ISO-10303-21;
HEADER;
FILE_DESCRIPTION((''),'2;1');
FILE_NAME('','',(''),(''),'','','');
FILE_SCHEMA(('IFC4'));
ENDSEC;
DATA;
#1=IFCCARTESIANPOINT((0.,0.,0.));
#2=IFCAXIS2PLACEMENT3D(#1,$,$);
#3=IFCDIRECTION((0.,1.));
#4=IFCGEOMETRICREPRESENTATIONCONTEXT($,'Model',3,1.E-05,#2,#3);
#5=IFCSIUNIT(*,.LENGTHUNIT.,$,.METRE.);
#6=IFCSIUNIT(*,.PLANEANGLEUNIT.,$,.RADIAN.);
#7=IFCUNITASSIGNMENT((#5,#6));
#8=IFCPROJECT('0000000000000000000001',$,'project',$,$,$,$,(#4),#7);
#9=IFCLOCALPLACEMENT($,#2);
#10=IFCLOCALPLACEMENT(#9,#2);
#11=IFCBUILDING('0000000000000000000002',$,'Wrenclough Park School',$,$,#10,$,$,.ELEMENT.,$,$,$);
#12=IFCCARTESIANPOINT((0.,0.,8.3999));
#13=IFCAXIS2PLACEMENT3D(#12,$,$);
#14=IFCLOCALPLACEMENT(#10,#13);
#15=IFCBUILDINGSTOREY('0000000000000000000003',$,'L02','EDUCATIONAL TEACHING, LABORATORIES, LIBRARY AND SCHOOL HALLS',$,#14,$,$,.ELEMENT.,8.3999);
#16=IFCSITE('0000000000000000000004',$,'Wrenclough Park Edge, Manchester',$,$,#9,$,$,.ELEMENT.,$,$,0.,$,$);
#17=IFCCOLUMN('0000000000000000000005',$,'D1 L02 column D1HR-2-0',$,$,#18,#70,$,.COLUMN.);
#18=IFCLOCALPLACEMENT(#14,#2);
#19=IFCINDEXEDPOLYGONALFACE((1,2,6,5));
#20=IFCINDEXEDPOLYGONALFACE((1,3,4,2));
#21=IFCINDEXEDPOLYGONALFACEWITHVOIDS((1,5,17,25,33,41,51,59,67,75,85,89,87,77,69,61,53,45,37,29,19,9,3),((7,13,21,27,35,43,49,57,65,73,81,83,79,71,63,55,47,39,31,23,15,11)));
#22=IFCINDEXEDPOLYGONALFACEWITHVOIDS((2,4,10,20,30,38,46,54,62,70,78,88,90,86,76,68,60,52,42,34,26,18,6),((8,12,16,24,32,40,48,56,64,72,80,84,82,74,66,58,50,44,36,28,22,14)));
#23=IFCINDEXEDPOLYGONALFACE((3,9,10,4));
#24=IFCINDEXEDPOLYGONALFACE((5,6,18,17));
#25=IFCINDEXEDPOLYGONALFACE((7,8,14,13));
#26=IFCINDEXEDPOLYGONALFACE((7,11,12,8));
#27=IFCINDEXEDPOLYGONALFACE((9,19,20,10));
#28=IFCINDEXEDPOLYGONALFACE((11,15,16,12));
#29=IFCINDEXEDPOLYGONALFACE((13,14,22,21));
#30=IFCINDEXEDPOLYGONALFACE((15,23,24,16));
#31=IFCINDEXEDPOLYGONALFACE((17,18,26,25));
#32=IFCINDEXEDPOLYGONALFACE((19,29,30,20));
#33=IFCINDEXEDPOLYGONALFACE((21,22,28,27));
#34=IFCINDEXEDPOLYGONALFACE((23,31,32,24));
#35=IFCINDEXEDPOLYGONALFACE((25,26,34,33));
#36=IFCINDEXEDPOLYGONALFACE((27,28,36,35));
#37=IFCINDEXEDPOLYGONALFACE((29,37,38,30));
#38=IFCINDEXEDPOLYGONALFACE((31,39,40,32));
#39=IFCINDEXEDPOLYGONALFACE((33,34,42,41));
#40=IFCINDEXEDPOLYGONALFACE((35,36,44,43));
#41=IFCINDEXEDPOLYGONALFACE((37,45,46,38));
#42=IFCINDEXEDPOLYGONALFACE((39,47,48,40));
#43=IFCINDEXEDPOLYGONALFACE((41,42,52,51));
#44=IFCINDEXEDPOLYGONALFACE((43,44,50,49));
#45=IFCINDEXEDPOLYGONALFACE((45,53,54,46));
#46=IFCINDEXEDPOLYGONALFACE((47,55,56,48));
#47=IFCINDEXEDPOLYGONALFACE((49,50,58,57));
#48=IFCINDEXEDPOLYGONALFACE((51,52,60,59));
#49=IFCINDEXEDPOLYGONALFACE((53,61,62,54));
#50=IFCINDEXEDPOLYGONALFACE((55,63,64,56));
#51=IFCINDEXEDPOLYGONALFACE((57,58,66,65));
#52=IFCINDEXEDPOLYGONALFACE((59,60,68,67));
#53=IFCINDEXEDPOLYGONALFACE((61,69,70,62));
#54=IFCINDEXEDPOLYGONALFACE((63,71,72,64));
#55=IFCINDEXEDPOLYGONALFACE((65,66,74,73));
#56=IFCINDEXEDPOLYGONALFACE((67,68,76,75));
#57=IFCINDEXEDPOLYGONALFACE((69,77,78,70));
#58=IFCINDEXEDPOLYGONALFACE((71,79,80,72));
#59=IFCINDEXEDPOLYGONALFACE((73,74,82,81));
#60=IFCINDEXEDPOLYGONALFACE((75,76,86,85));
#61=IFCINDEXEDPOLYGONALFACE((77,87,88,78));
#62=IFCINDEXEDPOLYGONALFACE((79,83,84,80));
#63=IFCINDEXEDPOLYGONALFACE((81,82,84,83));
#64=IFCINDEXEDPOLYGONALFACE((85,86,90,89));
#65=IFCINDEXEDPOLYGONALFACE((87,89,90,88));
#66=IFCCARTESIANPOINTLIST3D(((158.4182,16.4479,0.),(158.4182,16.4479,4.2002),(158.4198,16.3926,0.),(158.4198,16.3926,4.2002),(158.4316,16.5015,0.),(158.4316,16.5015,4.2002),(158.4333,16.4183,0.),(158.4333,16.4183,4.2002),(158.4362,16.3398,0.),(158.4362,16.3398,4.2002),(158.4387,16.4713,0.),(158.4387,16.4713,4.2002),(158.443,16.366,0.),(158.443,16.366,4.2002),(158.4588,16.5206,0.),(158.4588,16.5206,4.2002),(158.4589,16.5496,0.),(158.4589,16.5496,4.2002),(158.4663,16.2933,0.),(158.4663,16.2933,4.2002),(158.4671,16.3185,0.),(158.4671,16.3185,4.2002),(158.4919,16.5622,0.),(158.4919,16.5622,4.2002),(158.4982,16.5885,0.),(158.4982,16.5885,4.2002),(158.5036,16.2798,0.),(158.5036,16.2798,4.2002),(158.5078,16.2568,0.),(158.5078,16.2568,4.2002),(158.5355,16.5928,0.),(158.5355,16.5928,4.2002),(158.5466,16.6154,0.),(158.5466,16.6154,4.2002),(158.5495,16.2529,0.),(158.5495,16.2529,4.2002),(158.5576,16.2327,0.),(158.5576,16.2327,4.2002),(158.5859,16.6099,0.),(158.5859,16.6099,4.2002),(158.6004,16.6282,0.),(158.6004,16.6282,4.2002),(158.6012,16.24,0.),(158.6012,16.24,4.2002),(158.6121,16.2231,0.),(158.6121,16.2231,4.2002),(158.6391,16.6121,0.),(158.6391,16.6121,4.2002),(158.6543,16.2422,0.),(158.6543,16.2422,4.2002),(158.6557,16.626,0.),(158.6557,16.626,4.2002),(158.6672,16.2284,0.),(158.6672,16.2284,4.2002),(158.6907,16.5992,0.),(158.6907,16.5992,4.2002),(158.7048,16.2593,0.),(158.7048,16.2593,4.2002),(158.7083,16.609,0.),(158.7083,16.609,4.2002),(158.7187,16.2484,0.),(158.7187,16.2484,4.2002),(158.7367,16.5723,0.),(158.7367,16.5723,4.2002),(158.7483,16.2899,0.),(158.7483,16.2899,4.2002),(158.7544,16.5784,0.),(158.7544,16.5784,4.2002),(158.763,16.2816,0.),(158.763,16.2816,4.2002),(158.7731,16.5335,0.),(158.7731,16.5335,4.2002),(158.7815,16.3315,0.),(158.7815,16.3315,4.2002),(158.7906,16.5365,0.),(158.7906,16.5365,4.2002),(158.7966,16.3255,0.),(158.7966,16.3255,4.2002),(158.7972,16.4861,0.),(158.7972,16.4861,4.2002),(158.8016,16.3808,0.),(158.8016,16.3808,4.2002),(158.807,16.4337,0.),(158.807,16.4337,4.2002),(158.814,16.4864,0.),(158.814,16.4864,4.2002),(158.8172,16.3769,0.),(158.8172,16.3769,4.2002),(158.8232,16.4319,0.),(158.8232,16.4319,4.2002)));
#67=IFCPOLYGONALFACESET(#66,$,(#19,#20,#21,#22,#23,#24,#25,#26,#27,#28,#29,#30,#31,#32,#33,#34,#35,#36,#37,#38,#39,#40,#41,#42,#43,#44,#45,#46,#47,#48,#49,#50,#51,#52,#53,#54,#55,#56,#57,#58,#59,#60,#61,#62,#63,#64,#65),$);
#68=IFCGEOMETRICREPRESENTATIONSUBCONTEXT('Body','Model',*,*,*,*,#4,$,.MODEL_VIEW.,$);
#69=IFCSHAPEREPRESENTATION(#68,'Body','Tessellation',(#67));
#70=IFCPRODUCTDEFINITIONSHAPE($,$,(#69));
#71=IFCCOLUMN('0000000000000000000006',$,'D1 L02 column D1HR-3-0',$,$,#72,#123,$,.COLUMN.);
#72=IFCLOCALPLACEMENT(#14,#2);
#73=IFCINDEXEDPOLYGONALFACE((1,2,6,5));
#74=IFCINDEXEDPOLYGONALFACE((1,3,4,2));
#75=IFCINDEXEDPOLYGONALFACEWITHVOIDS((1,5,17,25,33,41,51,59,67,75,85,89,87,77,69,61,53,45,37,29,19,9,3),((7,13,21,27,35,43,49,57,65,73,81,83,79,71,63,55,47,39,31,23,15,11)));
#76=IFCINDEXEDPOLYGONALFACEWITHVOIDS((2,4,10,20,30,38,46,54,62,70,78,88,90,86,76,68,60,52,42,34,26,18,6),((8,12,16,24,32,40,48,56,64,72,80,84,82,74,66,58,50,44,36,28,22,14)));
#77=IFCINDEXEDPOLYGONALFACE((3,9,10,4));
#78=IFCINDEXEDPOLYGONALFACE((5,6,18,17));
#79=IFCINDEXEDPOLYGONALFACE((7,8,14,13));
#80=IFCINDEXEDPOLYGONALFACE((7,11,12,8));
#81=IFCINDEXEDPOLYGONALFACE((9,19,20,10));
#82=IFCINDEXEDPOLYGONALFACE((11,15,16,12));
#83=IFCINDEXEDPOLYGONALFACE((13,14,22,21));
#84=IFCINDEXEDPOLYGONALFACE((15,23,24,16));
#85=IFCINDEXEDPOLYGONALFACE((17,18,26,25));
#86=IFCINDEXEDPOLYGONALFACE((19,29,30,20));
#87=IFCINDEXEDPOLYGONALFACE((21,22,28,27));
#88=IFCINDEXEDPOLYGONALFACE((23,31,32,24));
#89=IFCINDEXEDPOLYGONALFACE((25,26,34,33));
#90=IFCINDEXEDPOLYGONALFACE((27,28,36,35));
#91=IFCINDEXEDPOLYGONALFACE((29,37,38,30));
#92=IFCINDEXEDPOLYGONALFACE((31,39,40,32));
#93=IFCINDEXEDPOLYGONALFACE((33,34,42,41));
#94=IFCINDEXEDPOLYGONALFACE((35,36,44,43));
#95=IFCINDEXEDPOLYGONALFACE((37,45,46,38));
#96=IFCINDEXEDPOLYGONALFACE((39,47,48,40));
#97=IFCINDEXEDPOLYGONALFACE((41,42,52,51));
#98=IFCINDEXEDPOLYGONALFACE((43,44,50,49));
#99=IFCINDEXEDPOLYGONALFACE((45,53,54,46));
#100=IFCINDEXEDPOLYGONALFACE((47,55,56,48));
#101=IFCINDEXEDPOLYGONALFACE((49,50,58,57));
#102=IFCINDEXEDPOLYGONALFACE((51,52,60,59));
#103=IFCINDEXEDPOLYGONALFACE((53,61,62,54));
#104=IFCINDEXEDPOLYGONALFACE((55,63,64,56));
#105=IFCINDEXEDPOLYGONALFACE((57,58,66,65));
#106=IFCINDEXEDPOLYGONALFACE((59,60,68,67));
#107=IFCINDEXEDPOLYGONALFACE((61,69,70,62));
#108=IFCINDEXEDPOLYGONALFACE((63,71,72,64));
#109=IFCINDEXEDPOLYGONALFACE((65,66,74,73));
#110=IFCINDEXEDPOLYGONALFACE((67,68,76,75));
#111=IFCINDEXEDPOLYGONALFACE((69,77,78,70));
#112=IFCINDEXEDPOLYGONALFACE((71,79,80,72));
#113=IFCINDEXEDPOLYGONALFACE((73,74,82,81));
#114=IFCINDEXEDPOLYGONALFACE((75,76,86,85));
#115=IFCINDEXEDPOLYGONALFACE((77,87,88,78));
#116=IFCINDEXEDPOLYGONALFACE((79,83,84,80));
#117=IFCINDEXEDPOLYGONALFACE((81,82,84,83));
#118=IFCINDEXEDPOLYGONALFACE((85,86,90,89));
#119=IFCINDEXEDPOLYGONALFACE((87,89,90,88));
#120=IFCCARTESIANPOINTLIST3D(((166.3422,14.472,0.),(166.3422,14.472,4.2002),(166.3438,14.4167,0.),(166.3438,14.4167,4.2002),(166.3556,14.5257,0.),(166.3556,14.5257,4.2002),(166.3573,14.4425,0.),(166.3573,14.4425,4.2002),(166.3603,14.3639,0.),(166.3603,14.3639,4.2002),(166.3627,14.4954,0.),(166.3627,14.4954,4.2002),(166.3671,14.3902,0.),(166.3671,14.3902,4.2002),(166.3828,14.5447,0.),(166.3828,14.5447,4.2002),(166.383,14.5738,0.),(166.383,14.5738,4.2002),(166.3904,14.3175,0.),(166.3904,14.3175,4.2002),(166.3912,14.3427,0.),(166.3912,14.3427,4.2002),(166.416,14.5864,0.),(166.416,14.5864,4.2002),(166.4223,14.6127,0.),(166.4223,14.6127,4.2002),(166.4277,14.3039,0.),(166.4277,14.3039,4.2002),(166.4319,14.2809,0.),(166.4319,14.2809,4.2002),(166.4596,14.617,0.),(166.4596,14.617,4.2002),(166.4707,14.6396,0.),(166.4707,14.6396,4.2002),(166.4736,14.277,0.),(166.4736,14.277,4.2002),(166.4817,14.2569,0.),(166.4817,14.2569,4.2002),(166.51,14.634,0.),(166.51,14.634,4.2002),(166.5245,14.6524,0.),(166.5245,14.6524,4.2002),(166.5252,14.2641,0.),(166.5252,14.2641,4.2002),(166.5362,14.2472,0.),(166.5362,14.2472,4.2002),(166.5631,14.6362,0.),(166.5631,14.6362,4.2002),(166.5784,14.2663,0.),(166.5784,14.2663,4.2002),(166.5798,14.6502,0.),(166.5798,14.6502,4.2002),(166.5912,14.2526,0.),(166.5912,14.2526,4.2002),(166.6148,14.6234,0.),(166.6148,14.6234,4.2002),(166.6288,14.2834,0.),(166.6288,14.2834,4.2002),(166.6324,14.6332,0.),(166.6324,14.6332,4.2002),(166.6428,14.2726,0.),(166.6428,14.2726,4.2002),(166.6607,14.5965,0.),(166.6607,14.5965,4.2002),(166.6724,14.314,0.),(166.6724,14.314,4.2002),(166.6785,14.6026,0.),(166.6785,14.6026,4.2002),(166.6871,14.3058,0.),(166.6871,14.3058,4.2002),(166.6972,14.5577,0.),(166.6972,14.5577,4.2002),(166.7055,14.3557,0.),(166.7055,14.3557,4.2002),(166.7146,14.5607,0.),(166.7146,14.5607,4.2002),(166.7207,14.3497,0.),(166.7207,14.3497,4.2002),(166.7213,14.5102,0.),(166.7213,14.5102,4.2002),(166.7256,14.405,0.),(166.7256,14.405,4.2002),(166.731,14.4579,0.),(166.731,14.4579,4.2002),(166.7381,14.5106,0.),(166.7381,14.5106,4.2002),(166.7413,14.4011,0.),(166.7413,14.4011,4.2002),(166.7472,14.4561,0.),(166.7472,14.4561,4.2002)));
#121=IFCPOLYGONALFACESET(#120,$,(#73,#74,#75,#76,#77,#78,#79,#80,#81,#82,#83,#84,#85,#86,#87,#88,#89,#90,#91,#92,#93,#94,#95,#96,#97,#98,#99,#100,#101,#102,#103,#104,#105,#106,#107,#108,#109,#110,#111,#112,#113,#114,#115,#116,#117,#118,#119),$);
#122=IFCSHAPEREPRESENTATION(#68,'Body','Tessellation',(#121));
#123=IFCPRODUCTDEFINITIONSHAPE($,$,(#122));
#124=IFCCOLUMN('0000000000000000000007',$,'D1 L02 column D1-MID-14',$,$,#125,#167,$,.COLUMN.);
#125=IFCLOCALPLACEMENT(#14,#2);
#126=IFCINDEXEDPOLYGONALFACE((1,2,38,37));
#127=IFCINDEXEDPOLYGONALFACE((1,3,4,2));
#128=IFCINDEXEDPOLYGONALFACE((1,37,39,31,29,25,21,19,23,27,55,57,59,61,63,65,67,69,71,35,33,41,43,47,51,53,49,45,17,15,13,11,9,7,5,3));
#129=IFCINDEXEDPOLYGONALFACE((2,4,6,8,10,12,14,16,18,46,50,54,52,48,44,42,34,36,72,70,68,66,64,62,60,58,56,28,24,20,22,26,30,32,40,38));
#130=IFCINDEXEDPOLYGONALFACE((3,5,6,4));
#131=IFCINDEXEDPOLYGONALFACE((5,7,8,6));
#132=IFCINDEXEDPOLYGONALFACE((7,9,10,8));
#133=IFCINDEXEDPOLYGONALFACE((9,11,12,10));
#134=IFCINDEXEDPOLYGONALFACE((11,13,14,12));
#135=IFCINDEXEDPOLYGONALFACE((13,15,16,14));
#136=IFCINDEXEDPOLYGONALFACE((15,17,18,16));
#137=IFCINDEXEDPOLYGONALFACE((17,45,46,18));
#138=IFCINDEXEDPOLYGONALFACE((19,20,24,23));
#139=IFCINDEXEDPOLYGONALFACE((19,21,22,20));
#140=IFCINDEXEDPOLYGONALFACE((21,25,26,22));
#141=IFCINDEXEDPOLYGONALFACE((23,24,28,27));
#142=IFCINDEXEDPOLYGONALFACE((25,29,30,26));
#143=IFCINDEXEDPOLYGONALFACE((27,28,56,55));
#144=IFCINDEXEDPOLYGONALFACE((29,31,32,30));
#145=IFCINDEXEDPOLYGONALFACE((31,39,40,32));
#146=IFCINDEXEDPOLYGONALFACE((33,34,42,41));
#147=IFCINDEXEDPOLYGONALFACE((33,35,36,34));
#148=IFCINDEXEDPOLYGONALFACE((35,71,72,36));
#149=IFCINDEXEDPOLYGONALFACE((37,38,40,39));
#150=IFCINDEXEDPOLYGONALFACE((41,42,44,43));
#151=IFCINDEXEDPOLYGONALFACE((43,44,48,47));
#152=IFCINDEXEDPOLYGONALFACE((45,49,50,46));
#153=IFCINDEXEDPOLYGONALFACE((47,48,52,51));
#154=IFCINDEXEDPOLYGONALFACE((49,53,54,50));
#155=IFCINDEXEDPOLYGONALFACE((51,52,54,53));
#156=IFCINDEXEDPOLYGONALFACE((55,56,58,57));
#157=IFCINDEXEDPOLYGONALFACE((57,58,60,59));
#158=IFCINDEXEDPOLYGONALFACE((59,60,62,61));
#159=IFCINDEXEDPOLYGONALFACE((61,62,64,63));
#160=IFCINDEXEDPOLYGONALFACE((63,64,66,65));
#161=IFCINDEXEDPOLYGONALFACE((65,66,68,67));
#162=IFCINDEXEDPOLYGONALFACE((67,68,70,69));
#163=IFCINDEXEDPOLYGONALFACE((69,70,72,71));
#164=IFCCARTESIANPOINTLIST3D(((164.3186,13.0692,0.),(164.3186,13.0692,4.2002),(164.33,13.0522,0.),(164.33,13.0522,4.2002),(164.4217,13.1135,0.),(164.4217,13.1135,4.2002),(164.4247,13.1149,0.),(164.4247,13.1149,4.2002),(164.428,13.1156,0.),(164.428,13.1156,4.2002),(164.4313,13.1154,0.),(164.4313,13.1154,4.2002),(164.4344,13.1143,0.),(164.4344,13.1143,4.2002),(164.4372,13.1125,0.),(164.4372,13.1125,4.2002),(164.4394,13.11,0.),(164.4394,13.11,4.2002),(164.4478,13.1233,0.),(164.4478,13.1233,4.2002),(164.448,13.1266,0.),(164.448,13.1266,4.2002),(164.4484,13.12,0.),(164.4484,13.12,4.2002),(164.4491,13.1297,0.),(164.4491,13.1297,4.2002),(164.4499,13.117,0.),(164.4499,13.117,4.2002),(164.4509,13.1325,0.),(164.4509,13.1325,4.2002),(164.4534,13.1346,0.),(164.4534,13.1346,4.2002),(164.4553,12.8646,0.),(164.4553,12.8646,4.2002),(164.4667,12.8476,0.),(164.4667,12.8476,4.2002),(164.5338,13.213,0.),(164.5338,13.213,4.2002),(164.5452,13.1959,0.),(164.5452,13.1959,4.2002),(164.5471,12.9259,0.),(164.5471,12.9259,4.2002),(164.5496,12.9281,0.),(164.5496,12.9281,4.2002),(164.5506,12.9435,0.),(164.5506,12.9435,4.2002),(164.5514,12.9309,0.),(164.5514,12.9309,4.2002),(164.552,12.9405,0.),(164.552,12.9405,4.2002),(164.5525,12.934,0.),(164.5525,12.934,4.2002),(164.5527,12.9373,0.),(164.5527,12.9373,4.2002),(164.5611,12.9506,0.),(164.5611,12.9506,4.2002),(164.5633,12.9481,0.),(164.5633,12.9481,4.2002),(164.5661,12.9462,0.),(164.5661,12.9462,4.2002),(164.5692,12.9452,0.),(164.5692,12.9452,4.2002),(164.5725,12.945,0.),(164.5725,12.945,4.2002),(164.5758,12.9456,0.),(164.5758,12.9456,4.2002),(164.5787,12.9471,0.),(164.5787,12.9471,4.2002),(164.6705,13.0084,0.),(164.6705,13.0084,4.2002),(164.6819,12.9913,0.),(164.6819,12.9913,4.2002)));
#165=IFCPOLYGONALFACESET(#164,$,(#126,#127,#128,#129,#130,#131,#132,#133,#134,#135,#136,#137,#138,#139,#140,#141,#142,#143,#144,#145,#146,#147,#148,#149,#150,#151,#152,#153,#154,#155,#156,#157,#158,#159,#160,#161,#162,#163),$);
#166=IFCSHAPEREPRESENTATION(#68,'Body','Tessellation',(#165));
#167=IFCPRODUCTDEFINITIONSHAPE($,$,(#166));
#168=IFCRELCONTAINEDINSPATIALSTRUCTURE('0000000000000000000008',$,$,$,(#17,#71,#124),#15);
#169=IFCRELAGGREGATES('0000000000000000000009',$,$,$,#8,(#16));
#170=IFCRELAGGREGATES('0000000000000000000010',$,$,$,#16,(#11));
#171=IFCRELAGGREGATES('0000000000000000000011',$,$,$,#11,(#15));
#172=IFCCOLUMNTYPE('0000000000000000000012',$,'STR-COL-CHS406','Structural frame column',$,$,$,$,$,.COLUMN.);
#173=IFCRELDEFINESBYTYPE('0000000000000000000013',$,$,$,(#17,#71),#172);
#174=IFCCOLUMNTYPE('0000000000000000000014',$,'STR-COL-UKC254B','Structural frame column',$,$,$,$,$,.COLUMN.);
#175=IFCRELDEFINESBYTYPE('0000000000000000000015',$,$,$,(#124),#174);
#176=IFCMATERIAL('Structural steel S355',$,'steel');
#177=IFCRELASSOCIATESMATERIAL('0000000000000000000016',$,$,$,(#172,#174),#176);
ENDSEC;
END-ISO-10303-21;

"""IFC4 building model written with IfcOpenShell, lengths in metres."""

from ifc_helpers import new_model, si_unit, direction, frame, origin, origin_2d, place, context, subcontext, project, spatial, hollow_circle, i_section, extrude, material, material_profile, profile_set, type_object, element, save


model = new_model("IFC4")

# Units and contexts
model_context = context("Model", 3, precision=1e-05, world=origin(), true_north=direction((0.0, 1.0)))
body_context = subcontext(model_context, "Body", "Model", "MODEL_VIEW")
ifc_project = project(units=[si_unit("LENGTHUNIT", "METRE"), si_unit("PLANEANGLEUNIT", "RADIAN")], contexts=[model_context])

# Site, building, storey
site_placement = place(None, origin())
site = spatial("IfcSite", under=ifc_project, at=site_placement, Name="Wrenclough Park Edge, Manchester", CompositionType="ELEMENT", RefElevation=0.0)
building_placement = place(site_placement, origin())
building = spatial("IfcBuilding", under=site, at=building_placement, Name="Wrenclough Park School", CompositionType="ELEMENT")
storey_placement = place(building_placement, frame((0.0, 0.0, 8.3999)))
storey = spatial("IfcBuildingStorey", under=building, at=storey_placement, Name="L02", Description="EDUCATIONAL TEACHING, LABORATORIES, LIBRARY AND SCHOOL HALLS", CompositionType="ELEMENT", Elevation=8.3999)

# Columns
ifc_material_1 = material(Name="Structural steel S355", Category="steel")
ifc_material_profile_1 = material_profile(ifc_material_1, hollow_circle(Radius=0.2031, WallThickness=0.0161, at=origin_2d()), Name="CHS 406.4x16.0")
ifc_profile_set_1 = profile_set([ifc_material_profile_1], Name="Structural steel S355")
column_type_1 = type_object("IfcColumnType", Name="STR-COL-CHS406", Description="Structural frame column", PredefinedType="COLUMN", material=ifc_profile_set_1)
for number, where, z_axis, x_axis, name in (
    (1, (158.6201, 16.426, 0.0), (0.0, 0.0, 1.0), (0.970296, -0.241922, 0.0), "D1 L02 column D1HR-2-0"),
    (2, (166.5442, 14.4502, 0.0), (0.0, 0.0, 1.0), (0.970296, -0.241922, 0.0), "D1 L02 column D1HR-3-0"),
):
    element("IfcColumn", number, at=place(storey_placement, frame(where, z_axis=z_axis, x_axis=x_axis)), inside=storey, type_object=column_type_1, Name=name, PredefinedType="COLUMN", context=body_context, shape_type="SweptSolid", body=[
        extrude(hollow_circle(Radius=0.2031, WallThickness=0.0161, at=origin_2d()), origin(), (0.0, 0.0, 1.0), 4.2002),
    ])
ifc_material_profile_2 = material_profile(ifc_material_1, i_section(OverallWidth=0.2588, OverallDepth=0.2666, WebThickness=0.0127, FlangeThickness=0.0205, FilletRadius=0.0127, at=origin_2d()), Name="UKC 254x254x107")
ifc_profile_set_2 = profile_set([ifc_material_profile_2], Name="Structural steel S355")
column_type_2 = type_object("IfcColumnType", Name="STR-COL-UKC254B", Description="Structural frame column", PredefinedType="COLUMN", material=ifc_profile_set_2)
column_placement = place(storey_placement, frame((164.5002, 13.0303, 0.0), z_axis=(0.0, 0.0, 1.0), x_axis=(0.83147, 0.55557, 0.0)))
element("IfcColumn", 3, at=column_placement, inside=storey, type_object=column_type_2, Name="D1 L02 column D1-MID-14", PredefinedType="COLUMN", context=body_context, shape_type="SweptSolid", body=[
    extrude(i_section(OverallWidth=0.2588, OverallDepth=0.2666, WebThickness=0.0127, FlangeThickness=0.0205, FilletRadius=0.0127, at=origin_2d()), origin(), (0.0, 0.0, 1.0), 4.2002),
])

save(model, "model.ifc")
